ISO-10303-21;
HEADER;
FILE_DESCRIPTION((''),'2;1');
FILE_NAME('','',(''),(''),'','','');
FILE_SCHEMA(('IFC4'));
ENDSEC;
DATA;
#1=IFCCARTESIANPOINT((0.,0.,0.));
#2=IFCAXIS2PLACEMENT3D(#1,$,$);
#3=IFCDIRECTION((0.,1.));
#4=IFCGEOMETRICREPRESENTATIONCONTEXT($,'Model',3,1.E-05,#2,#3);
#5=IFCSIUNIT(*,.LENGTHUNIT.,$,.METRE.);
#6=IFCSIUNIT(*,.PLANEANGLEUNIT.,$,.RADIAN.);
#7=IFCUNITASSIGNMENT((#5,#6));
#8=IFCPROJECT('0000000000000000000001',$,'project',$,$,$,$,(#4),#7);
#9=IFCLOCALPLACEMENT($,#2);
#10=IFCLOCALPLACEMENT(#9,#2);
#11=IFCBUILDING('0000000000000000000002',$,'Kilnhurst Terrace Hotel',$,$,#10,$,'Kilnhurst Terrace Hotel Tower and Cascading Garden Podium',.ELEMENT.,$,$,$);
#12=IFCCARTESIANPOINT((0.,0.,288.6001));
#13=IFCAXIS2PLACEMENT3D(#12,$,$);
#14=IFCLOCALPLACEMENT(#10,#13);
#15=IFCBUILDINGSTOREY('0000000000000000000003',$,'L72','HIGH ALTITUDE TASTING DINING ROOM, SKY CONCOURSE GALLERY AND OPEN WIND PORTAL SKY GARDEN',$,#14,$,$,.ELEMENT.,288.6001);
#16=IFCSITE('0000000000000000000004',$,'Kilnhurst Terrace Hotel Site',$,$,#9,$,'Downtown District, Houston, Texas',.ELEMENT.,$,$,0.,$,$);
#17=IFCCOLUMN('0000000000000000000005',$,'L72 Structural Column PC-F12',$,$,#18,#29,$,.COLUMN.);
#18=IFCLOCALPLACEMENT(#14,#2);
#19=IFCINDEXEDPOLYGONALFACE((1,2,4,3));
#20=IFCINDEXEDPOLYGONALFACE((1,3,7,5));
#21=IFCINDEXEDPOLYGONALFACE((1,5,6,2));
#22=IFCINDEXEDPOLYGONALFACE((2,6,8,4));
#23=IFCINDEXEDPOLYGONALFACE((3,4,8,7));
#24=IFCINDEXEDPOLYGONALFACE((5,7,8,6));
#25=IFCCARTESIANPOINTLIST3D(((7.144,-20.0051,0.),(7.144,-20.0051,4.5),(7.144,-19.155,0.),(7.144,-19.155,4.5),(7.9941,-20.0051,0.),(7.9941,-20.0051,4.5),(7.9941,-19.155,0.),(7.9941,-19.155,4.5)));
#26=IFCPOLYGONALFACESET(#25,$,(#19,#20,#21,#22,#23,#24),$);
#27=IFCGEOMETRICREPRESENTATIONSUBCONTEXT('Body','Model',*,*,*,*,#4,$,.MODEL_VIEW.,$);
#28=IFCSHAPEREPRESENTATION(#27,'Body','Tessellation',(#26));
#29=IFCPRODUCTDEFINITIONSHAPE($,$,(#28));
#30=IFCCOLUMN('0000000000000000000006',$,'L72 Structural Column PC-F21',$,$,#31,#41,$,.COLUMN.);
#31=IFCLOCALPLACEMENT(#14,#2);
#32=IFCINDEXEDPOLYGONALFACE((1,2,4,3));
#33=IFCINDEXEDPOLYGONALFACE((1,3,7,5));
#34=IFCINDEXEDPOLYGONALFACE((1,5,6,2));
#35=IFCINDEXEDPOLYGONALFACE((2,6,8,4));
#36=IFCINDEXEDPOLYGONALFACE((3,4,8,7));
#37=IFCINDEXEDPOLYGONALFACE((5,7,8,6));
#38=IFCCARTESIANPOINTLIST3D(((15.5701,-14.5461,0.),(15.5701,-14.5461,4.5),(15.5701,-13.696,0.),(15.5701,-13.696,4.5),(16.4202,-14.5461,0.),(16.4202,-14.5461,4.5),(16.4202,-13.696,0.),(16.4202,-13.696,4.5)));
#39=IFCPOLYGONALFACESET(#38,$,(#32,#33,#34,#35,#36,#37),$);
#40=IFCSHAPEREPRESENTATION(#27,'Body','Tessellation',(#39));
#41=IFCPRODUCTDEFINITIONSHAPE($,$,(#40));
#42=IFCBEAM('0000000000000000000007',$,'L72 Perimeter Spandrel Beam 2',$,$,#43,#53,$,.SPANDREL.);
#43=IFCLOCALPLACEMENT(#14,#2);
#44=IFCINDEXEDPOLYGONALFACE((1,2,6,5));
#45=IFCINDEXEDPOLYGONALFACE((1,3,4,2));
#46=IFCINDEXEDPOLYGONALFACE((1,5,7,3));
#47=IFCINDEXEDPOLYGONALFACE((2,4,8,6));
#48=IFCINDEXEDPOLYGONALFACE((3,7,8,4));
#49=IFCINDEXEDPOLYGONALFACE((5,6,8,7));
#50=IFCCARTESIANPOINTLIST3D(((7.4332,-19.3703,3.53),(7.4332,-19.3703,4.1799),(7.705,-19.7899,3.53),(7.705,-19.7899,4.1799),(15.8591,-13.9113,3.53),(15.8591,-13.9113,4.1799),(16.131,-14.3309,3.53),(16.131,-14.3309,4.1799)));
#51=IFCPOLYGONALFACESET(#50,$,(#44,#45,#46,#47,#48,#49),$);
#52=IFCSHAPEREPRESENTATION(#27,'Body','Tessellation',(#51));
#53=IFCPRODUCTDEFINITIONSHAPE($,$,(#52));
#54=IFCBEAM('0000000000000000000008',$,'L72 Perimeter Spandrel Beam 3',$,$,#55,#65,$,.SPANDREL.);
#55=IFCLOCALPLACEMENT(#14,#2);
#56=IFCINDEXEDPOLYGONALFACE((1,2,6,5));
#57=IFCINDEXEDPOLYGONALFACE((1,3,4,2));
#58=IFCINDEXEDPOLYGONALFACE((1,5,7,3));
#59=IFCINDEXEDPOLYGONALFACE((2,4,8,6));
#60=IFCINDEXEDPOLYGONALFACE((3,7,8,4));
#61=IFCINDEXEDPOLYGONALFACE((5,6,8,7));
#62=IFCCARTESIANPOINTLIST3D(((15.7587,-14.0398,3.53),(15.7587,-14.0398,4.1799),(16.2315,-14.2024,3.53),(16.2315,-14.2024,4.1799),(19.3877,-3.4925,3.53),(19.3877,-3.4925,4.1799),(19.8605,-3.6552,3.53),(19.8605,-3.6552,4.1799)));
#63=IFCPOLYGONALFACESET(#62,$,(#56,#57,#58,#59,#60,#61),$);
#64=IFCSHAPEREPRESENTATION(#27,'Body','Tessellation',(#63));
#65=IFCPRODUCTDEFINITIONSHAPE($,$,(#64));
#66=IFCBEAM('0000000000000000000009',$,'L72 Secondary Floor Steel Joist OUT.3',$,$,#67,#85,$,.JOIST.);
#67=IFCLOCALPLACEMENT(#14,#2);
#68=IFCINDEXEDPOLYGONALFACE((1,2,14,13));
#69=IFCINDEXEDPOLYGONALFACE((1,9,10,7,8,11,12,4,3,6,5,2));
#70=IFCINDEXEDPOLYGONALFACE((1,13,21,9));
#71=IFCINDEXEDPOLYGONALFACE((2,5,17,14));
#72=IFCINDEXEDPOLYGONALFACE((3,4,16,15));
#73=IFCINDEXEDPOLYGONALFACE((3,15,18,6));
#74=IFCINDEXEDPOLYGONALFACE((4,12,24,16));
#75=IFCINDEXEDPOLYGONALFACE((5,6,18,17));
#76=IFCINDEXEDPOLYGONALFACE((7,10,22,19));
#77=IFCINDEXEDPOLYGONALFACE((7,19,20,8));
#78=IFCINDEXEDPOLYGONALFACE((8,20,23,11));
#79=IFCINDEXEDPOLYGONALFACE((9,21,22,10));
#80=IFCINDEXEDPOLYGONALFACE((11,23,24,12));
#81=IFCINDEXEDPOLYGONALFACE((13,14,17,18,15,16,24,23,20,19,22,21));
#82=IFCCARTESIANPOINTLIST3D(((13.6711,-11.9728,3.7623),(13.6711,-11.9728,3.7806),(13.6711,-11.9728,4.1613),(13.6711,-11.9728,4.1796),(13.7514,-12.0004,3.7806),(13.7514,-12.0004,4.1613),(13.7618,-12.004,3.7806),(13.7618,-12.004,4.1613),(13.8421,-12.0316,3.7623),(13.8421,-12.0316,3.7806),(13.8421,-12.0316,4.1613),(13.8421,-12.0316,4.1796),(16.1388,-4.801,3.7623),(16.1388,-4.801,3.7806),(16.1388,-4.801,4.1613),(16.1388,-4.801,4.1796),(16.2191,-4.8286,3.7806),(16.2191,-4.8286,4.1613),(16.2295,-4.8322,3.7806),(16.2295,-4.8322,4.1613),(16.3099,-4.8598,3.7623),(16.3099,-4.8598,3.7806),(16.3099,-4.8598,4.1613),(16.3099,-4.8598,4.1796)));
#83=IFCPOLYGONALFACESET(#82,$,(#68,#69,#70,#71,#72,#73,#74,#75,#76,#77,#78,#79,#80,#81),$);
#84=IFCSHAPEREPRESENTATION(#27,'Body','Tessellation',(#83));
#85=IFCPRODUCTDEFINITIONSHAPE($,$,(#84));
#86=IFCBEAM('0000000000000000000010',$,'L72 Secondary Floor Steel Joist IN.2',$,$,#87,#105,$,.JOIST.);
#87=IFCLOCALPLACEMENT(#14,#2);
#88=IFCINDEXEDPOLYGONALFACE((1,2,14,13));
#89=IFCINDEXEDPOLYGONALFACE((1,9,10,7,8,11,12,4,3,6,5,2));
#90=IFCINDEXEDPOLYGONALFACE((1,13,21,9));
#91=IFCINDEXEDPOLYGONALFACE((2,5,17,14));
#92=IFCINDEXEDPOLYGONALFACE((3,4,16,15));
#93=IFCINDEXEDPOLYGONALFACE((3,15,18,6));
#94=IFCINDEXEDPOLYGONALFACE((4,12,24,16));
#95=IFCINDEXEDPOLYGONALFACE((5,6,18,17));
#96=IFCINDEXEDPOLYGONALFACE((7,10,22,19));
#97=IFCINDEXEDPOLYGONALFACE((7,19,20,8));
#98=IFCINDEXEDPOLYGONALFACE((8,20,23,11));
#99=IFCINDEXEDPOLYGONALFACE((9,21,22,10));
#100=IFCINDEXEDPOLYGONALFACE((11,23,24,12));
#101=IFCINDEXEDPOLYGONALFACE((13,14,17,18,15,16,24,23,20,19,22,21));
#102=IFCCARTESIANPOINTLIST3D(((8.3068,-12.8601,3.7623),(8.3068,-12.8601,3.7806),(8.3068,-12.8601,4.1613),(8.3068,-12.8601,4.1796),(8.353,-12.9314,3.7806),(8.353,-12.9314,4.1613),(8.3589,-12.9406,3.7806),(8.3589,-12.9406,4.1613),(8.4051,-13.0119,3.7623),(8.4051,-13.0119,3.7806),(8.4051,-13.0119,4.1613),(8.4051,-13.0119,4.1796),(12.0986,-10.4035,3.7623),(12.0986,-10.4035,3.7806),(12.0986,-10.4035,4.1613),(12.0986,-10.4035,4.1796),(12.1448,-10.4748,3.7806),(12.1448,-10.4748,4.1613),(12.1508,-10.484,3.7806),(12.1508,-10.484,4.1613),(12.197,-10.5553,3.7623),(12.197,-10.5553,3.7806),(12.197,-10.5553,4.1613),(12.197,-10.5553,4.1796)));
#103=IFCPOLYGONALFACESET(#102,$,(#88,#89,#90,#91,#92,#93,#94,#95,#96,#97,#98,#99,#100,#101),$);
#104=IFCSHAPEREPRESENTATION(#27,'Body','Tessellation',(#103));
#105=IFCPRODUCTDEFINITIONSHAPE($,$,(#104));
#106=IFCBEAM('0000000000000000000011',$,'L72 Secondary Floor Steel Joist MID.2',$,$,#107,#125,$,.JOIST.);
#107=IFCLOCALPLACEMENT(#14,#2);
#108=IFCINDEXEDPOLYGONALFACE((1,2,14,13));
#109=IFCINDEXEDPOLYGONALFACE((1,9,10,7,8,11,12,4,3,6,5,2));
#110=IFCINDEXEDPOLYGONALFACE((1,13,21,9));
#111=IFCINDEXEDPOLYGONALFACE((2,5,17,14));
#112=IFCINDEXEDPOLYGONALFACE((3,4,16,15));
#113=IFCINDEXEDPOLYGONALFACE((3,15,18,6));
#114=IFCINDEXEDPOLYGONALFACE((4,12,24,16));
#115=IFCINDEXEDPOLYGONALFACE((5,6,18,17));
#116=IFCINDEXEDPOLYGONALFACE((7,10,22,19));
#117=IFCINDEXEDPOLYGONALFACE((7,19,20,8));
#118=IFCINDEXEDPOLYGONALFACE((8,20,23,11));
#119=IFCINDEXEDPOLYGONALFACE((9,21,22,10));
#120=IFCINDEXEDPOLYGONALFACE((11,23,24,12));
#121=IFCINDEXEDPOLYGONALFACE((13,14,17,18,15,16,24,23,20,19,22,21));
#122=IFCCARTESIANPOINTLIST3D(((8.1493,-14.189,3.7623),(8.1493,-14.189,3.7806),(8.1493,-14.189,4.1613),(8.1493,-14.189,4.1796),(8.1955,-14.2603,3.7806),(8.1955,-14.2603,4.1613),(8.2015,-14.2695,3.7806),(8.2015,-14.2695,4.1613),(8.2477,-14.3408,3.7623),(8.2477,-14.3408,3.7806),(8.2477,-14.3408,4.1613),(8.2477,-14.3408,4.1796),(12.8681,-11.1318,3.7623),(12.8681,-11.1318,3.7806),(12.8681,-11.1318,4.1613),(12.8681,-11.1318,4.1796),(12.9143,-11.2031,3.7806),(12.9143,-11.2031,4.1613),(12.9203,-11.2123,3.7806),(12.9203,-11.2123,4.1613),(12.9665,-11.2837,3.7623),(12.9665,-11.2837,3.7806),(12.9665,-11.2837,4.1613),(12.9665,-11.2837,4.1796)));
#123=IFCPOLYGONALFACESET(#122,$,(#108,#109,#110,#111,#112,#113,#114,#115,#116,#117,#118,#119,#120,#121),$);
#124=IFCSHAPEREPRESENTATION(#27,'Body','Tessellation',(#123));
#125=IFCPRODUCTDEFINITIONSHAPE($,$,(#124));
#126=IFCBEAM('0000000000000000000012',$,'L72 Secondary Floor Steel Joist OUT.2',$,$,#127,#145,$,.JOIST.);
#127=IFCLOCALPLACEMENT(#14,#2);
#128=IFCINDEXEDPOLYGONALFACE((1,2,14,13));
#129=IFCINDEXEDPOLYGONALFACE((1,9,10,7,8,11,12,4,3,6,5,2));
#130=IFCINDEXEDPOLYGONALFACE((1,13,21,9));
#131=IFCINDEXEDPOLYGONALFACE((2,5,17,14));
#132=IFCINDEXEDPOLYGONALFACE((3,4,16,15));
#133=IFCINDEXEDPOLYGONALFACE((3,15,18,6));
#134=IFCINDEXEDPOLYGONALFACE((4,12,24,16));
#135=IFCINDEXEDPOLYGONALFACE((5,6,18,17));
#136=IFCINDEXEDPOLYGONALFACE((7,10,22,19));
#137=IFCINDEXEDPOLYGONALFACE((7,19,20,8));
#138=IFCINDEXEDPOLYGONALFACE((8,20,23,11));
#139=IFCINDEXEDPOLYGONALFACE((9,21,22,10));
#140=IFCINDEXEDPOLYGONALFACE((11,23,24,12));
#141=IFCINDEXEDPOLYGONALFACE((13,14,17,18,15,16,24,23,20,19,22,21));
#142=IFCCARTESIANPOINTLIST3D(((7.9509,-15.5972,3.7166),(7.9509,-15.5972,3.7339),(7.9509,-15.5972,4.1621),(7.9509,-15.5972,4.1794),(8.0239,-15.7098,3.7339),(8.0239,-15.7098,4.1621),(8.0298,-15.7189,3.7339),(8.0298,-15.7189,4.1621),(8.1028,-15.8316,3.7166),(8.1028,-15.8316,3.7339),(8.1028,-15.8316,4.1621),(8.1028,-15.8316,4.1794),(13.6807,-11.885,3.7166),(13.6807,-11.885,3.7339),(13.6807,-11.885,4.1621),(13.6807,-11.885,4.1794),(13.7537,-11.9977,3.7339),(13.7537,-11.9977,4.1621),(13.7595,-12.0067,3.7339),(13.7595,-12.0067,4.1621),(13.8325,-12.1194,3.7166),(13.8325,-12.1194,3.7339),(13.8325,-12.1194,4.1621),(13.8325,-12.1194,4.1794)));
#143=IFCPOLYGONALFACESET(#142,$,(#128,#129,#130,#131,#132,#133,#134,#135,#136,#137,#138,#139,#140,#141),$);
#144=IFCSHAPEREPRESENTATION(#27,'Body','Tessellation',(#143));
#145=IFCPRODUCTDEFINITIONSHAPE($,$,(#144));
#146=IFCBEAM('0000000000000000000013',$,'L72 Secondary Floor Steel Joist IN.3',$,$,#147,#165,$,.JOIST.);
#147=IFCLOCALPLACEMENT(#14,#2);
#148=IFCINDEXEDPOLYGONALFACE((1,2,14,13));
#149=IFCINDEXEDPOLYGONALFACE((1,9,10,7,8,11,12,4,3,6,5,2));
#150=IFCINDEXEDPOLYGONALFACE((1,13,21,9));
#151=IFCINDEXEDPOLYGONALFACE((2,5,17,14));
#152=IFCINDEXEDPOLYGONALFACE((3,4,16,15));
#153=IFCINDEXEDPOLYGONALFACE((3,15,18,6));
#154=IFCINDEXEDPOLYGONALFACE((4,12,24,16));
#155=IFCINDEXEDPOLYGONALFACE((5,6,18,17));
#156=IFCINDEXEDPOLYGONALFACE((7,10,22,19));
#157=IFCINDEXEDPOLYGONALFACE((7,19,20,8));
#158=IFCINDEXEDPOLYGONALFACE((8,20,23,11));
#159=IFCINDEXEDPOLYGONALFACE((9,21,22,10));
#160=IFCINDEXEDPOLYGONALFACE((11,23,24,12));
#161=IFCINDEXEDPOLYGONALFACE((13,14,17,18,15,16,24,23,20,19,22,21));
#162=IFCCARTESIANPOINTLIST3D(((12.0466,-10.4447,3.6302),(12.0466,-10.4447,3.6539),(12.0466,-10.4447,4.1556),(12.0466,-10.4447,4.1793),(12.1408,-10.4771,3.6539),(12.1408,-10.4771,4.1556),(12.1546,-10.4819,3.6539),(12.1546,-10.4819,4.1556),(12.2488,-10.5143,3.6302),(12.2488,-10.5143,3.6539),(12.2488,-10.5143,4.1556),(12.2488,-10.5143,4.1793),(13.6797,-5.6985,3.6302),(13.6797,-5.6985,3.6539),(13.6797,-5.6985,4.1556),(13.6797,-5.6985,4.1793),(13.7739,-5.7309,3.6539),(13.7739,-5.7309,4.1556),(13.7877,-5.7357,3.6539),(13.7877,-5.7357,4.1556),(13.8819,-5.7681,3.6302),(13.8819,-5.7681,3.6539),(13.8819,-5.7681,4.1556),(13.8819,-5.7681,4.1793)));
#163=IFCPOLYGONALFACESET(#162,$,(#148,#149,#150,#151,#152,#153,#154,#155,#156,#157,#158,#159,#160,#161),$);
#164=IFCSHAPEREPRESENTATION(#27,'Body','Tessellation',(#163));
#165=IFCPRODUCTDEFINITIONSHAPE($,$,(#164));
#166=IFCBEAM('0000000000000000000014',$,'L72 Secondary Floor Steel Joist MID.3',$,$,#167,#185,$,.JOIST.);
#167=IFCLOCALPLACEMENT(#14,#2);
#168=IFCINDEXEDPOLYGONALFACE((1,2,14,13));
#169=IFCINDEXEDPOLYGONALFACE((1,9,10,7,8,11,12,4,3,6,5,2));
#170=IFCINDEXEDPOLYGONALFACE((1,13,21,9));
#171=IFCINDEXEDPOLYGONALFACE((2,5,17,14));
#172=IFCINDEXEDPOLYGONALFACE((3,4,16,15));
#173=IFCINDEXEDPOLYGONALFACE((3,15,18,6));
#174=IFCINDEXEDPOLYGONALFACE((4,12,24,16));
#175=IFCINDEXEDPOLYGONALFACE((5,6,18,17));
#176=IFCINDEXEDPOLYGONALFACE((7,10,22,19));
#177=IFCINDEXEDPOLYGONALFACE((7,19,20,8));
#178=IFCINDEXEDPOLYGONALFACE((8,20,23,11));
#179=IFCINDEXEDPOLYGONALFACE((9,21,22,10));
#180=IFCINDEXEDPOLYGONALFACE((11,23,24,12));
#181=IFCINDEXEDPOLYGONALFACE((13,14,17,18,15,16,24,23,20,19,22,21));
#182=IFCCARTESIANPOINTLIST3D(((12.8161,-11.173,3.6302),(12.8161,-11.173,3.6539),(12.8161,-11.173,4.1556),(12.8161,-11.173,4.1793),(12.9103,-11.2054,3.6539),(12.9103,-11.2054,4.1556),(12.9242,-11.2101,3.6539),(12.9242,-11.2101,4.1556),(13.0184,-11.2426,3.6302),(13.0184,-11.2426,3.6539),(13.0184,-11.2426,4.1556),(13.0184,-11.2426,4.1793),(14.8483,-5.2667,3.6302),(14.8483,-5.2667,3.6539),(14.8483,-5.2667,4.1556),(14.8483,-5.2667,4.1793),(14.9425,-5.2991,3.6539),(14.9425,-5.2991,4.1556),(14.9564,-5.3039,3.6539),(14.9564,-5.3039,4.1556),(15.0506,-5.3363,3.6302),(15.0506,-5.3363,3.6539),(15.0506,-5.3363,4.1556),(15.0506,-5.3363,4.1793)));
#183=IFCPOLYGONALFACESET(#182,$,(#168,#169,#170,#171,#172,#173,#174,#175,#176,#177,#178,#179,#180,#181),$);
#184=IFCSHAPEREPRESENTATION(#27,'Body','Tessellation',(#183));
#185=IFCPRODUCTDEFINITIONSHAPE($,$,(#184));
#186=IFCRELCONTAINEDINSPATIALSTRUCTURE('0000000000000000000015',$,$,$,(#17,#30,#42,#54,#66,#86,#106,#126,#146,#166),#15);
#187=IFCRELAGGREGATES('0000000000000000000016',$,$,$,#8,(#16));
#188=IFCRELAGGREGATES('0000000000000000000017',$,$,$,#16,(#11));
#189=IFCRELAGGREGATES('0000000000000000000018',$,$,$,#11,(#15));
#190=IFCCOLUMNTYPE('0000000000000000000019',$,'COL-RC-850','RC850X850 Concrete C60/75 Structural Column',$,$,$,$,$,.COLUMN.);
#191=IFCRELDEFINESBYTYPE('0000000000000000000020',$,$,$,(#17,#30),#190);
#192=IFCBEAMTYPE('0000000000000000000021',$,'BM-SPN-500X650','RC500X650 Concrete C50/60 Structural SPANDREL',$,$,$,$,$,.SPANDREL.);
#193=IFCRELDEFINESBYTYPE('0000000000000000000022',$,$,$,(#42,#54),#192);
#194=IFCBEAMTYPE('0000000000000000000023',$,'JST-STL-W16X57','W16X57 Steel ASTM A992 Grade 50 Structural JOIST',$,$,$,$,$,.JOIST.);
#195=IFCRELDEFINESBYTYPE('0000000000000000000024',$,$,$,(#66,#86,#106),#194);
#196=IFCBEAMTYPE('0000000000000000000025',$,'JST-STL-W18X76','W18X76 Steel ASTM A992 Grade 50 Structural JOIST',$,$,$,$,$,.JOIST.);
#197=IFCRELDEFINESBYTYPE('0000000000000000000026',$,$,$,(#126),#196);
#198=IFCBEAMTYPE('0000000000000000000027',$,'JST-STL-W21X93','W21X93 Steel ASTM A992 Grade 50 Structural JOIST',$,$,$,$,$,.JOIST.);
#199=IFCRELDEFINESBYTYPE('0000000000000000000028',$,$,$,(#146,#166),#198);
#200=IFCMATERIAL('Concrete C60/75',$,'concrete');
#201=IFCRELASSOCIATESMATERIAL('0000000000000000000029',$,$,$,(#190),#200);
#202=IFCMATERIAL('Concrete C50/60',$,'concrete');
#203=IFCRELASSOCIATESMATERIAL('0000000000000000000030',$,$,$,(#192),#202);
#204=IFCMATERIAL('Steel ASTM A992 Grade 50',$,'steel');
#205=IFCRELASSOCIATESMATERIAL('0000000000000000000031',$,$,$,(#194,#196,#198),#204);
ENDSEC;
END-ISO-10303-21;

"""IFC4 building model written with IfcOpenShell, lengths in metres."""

from ifc_helpers import new_model, si_unit, direction, frame, origin, origin_2d, place, context, subcontext, project, spatial, rectangle, i_section, extrude, material, material_profile, profile_set, type_object, element, save


model = new_model("IFC4")

# Units and contexts
model_context = context("Model", 3, precision=1e-05, world=origin(), true_north=direction((0.0, 1.0)))
body_context = subcontext(model_context, "Body", "Model", "MODEL_VIEW")
ifc_project = project(units=[si_unit("LENGTHUNIT", "METRE"), si_unit("PLANEANGLEUNIT", "RADIAN")], contexts=[model_context])

# Site, building, storey
site_placement = place(None, origin())
site = spatial("IfcSite", under=ifc_project, at=site_placement, Name="Kilnhurst Terrace Hotel Site", LongName="Downtown District, Houston, Texas", CompositionType="ELEMENT", RefElevation=0.0)
building_placement = place(site_placement, origin())
building = spatial("IfcBuilding", under=site, at=building_placement, Name="Kilnhurst Terrace Hotel", LongName="Kilnhurst Terrace Hotel Tower and Cascading Garden Podium", CompositionType="ELEMENT")
storey_placement = place(building_placement, frame((0.0, 0.0, 288.6001)))
storey = spatial("IfcBuildingStorey", under=building, at=storey_placement, Name="L72", Description="HIGH ALTITUDE TASTING DINING ROOM, SKY CONCOURSE GALLERY AND OPEN WIND PORTAL SKY GARDEN", CompositionType="ELEMENT", Elevation=288.6001)

# Columns
ifc_material_1 = material(Name="Concrete C60/75", Category="concrete")
ifc_material_profile_1 = material_profile(ifc_material_1, rectangle(XDim=0.8501, YDim=0.8501, at=origin_2d()), Name="RC850X850")
ifc_profile_set_1 = profile_set([ifc_material_profile_1], Name="Concrete C60/75")
column_type = type_object("IfcColumnType", Name="COL-RC-850", Description="RC850X850 Concrete C60/75 Structural Column", PredefinedType="COLUMN", material=ifc_profile_set_1)
for number, where, z_axis, x_axis, name in (
    (1, (7.5691, -19.5801, 0.0), (0.0, 0.0, 1.0), (1.0, 0.0, 0.0), "L72 Structural Column PC-F12"),
    (2, (15.9951, -14.1211, 0.0), (0.0, 0.0, 1.0), (1.0, 0.0, 0.0), "L72 Structural Column PC-F21"),
):
    element("IfcColumn", number, at=place(storey_placement, frame(where, z_axis=z_axis, x_axis=x_axis)), inside=storey, type_object=column_type, Name=name, PredefinedType="COLUMN", context=body_context, shape_type="SweptSolid", body=[
        extrude(rectangle(XDim=0.8501, YDim=0.8501, at=origin_2d()), origin(), (0.0, 0.0, 1.0), 4.5),
    ])

# Beams
ifc_material_2 = material(Name="Concrete C50/60", Category="concrete")
ifc_material_profile_2 = material_profile(ifc_material_2, rectangle(XDim=0.5, YDim=0.6499, at=origin_2d()), Name="RC500X650")
ifc_profile_set_2 = profile_set([ifc_material_profile_2], Name="Concrete C50/60")
beam_type_1 = type_object("IfcBeamType", Name="BM-SPN-500X650", Description="RC500X650 Concrete C50/60 Structural SPANDREL", PredefinedType="SPANDREL", material=ifc_profile_set_2)
beam_1_placement = place(storey_placement, frame((7.5691, -19.5801, 3.855), z_axis=(0.839259, 0.543732, 0.0), x_axis=(-0.543732, 0.839259, 0.0)))
element("IfcBeam", 3, at=beam_1_placement, inside=storey, type_object=beam_type_1, Name="L72 Perimeter Spandrel Beam 2", PredefinedType="SPANDREL", context=body_context, shape_type="SweptSolid", body=[
    extrude(rectangle(XDim=0.5, YDim=0.6499, at=origin_2d()), origin(), (0.0, 0.0, 1.0), 10.0398),
])
beam_2_placement = place(storey_placement, frame((15.9951, -14.1211, 3.855), z_axis=(0.325347, 0.945595, 0.0), x_axis=(-0.945595, 0.325347, 0.0)))
element("IfcBeam", 4, at=beam_2_placement, inside=storey, type_object=beam_type_1, Name="L72 Perimeter Spandrel Beam 3", PredefinedType="SPANDREL", context=body_context, shape_type="SweptSolid", body=[
    extrude(rectangle(XDim=0.5, YDim=0.6499, at=origin_2d()), origin(), (0.0, 0.0, 1.0), 11.1541),
])
ifc_material_3 = material(Name="Steel ASTM A992 Grade 50", Category="steel")
ifc_material_profile_3 = material_profile(ifc_material_3, i_section(OverallWidth=0.1809, OverallDepth=0.4172, WebThickness=0.011, FlangeThickness=0.0183, at=origin_2d()), Name="W16X57")
ifc_profile_set_3 = profile_set([ifc_material_profile_3], Name="Steel ASTM A992 Grade 50")
beam_type_2 = type_object("IfcBeamType", Name="JST-STL-W16X57", Description="W16X57 Steel ASTM A992 Grade 50 Structural JOIST", PredefinedType="JOIST", material=ifc_profile_set_3)
beam_3_placement = place(storey_placement, frame((13.7566, -12.0022, 3.9709), z_axis=(0.325368, 0.945588, 0.0), x_axis=(-0.945588, 0.325368, 0.0)))
element("IfcBeam", 5, at=beam_3_placement, inside=storey, type_object=beam_type_2, Name="L72 Secondary Floor Steel Joist OUT.3", PredefinedType="JOIST", context=body_context, shape_type="SweptSolid", body=[
    extrude(i_section(OverallWidth=0.1809, OverallDepth=0.4172, WebThickness=0.011, FlangeThickness=0.0183, at=origin_2d()), origin(), (0.0, 0.0, 1.0), 7.5845),
])
beam_4_placement = place(storey_placement, frame((8.356, -12.936, 3.9709), z_axis=(0.839261, 0.543728, 0.0), x_axis=(-0.543728, 0.839261, 0.0)))
element("IfcBeam", 6, at=beam_4_placement, inside=storey, type_object=beam_type_2, Name="L72 Secondary Floor Steel Joist IN.2", PredefinedType="JOIST", context=body_context, shape_type="SweptSolid", body=[
    extrude(i_section(OverallWidth=0.1809, OverallDepth=0.4172, WebThickness=0.011, FlangeThickness=0.0183, at=origin_2d()), origin(), (0.0, 0.0, 1.0), 4.5181),
])
beam_5_placement = place(storey_placement, frame((8.1985, -14.2649, 3.9709), z_axis=(0.83926, 0.54373, 0.0), x_axis=(-0.54373, 0.83926, 0.0)))
element("IfcBeam", 7, at=beam_5_placement, inside=storey, type_object=beam_type_2, Name="L72 Secondary Floor Steel Joist MID.2", PredefinedType="JOIST", context=body_context, shape_type="SweptSolid", body=[
    extrude(i_section(OverallWidth=0.1809, OverallDepth=0.4172, WebThickness=0.011, FlangeThickness=0.0183, at=origin_2d()), origin(), (0.0, 0.0, 1.0), 5.6226),
])
ifc_material_profile_4 = material_profile(ifc_material_3, i_section(OverallWidth=0.2793, OverallDepth=0.4629, WebThickness=0.0107, FlangeThickness=0.0173, at=origin_2d()), Name="W18X76")
ifc_profile_set_4 = profile_set([ifc_material_profile_4], Name="Steel ASTM A992 Grade 50")
beam_type_3 = type_object("IfcBeamType", Name="JST-STL-W18X76", Description="W18X76 Steel ASTM A992 Grade 50 Structural JOIST", PredefinedType="JOIST", material=ifc_profile_set_4)
beam_6_placement = place(storey_placement, frame((8.0269, -15.7144, 3.948), z_axis=(0.839257, 0.543735, 0.0), x_axis=(-0.543735, 0.839257, 0.0)))
element("IfcBeam", 8, at=beam_6_placement, inside=storey, type_object=beam_type_3, Name="L72 Secondary Floor Steel Joist OUT.2", PredefinedType="JOIST", context=body_context, shape_type="SweptSolid", body=[
    extrude(i_section(OverallWidth=0.2793, OverallDepth=0.4629, WebThickness=0.0107, FlangeThickness=0.0173, at=origin_2d()), origin(), (0.0, 0.0, 1.0), 6.8271),
])
ifc_material_profile_5 = material_profile(ifc_material_3, i_section(OverallWidth=0.2139, OverallDepth=0.5491, WebThickness=0.0146, FlangeThickness=0.0237, at=origin_2d()), Name="W21X93")
ifc_profile_set_5 = profile_set([ifc_material_profile_5], Name="Steel ASTM A992 Grade 50")
beam_type_4 = type_object("IfcBeamType", Name="JST-STL-W21X93", Description="W21X93 Steel ASTM A992 Grade 50 Structural JOIST", PredefinedType="JOIST", material=ifc_profile_set_5)
beam_7_placement = place(storey_placement, frame((12.1477, -10.4795, 3.9048), z_axis=(0.325363, 0.945589, 0.0), x_axis=(-0.945589, 0.325363, 0.0)))
element("IfcBeam", 9, at=beam_7_placement, inside=storey, type_object=beam_type_4, Name="L72 Secondary Floor Steel Joist IN.3", PredefinedType="JOIST", context=body_context, shape_type="SweptSolid", body=[
    extrude(i_section(OverallWidth=0.2139, OverallDepth=0.5491, WebThickness=0.0146, FlangeThickness=0.0237, at=origin_2d()), origin(), (0.0, 0.0, 1.0), 5.0193),
])
beam_8_placement = place(storey_placement, frame((12.9172, -11.2078, 3.9048), z_axis=(0.325359, 0.94559, 0.0), x_axis=(-0.94559, 0.325359, 0.0)))
element("IfcBeam", 10, at=beam_8_placement, inside=storey, type_object=beam_type_4, Name="L72 Secondary Floor Steel Joist MID.3", PredefinedType="JOIST", context=body_context, shape_type="SweptSolid", body=[
    extrude(i_section(OverallWidth=0.2139, OverallDepth=0.5491, WebThickness=0.0146, FlangeThickness=0.0237, at=origin_2d()), origin(), (0.0, 0.0, 1.0), 6.2461),
])

save(model, "model.ifc")
